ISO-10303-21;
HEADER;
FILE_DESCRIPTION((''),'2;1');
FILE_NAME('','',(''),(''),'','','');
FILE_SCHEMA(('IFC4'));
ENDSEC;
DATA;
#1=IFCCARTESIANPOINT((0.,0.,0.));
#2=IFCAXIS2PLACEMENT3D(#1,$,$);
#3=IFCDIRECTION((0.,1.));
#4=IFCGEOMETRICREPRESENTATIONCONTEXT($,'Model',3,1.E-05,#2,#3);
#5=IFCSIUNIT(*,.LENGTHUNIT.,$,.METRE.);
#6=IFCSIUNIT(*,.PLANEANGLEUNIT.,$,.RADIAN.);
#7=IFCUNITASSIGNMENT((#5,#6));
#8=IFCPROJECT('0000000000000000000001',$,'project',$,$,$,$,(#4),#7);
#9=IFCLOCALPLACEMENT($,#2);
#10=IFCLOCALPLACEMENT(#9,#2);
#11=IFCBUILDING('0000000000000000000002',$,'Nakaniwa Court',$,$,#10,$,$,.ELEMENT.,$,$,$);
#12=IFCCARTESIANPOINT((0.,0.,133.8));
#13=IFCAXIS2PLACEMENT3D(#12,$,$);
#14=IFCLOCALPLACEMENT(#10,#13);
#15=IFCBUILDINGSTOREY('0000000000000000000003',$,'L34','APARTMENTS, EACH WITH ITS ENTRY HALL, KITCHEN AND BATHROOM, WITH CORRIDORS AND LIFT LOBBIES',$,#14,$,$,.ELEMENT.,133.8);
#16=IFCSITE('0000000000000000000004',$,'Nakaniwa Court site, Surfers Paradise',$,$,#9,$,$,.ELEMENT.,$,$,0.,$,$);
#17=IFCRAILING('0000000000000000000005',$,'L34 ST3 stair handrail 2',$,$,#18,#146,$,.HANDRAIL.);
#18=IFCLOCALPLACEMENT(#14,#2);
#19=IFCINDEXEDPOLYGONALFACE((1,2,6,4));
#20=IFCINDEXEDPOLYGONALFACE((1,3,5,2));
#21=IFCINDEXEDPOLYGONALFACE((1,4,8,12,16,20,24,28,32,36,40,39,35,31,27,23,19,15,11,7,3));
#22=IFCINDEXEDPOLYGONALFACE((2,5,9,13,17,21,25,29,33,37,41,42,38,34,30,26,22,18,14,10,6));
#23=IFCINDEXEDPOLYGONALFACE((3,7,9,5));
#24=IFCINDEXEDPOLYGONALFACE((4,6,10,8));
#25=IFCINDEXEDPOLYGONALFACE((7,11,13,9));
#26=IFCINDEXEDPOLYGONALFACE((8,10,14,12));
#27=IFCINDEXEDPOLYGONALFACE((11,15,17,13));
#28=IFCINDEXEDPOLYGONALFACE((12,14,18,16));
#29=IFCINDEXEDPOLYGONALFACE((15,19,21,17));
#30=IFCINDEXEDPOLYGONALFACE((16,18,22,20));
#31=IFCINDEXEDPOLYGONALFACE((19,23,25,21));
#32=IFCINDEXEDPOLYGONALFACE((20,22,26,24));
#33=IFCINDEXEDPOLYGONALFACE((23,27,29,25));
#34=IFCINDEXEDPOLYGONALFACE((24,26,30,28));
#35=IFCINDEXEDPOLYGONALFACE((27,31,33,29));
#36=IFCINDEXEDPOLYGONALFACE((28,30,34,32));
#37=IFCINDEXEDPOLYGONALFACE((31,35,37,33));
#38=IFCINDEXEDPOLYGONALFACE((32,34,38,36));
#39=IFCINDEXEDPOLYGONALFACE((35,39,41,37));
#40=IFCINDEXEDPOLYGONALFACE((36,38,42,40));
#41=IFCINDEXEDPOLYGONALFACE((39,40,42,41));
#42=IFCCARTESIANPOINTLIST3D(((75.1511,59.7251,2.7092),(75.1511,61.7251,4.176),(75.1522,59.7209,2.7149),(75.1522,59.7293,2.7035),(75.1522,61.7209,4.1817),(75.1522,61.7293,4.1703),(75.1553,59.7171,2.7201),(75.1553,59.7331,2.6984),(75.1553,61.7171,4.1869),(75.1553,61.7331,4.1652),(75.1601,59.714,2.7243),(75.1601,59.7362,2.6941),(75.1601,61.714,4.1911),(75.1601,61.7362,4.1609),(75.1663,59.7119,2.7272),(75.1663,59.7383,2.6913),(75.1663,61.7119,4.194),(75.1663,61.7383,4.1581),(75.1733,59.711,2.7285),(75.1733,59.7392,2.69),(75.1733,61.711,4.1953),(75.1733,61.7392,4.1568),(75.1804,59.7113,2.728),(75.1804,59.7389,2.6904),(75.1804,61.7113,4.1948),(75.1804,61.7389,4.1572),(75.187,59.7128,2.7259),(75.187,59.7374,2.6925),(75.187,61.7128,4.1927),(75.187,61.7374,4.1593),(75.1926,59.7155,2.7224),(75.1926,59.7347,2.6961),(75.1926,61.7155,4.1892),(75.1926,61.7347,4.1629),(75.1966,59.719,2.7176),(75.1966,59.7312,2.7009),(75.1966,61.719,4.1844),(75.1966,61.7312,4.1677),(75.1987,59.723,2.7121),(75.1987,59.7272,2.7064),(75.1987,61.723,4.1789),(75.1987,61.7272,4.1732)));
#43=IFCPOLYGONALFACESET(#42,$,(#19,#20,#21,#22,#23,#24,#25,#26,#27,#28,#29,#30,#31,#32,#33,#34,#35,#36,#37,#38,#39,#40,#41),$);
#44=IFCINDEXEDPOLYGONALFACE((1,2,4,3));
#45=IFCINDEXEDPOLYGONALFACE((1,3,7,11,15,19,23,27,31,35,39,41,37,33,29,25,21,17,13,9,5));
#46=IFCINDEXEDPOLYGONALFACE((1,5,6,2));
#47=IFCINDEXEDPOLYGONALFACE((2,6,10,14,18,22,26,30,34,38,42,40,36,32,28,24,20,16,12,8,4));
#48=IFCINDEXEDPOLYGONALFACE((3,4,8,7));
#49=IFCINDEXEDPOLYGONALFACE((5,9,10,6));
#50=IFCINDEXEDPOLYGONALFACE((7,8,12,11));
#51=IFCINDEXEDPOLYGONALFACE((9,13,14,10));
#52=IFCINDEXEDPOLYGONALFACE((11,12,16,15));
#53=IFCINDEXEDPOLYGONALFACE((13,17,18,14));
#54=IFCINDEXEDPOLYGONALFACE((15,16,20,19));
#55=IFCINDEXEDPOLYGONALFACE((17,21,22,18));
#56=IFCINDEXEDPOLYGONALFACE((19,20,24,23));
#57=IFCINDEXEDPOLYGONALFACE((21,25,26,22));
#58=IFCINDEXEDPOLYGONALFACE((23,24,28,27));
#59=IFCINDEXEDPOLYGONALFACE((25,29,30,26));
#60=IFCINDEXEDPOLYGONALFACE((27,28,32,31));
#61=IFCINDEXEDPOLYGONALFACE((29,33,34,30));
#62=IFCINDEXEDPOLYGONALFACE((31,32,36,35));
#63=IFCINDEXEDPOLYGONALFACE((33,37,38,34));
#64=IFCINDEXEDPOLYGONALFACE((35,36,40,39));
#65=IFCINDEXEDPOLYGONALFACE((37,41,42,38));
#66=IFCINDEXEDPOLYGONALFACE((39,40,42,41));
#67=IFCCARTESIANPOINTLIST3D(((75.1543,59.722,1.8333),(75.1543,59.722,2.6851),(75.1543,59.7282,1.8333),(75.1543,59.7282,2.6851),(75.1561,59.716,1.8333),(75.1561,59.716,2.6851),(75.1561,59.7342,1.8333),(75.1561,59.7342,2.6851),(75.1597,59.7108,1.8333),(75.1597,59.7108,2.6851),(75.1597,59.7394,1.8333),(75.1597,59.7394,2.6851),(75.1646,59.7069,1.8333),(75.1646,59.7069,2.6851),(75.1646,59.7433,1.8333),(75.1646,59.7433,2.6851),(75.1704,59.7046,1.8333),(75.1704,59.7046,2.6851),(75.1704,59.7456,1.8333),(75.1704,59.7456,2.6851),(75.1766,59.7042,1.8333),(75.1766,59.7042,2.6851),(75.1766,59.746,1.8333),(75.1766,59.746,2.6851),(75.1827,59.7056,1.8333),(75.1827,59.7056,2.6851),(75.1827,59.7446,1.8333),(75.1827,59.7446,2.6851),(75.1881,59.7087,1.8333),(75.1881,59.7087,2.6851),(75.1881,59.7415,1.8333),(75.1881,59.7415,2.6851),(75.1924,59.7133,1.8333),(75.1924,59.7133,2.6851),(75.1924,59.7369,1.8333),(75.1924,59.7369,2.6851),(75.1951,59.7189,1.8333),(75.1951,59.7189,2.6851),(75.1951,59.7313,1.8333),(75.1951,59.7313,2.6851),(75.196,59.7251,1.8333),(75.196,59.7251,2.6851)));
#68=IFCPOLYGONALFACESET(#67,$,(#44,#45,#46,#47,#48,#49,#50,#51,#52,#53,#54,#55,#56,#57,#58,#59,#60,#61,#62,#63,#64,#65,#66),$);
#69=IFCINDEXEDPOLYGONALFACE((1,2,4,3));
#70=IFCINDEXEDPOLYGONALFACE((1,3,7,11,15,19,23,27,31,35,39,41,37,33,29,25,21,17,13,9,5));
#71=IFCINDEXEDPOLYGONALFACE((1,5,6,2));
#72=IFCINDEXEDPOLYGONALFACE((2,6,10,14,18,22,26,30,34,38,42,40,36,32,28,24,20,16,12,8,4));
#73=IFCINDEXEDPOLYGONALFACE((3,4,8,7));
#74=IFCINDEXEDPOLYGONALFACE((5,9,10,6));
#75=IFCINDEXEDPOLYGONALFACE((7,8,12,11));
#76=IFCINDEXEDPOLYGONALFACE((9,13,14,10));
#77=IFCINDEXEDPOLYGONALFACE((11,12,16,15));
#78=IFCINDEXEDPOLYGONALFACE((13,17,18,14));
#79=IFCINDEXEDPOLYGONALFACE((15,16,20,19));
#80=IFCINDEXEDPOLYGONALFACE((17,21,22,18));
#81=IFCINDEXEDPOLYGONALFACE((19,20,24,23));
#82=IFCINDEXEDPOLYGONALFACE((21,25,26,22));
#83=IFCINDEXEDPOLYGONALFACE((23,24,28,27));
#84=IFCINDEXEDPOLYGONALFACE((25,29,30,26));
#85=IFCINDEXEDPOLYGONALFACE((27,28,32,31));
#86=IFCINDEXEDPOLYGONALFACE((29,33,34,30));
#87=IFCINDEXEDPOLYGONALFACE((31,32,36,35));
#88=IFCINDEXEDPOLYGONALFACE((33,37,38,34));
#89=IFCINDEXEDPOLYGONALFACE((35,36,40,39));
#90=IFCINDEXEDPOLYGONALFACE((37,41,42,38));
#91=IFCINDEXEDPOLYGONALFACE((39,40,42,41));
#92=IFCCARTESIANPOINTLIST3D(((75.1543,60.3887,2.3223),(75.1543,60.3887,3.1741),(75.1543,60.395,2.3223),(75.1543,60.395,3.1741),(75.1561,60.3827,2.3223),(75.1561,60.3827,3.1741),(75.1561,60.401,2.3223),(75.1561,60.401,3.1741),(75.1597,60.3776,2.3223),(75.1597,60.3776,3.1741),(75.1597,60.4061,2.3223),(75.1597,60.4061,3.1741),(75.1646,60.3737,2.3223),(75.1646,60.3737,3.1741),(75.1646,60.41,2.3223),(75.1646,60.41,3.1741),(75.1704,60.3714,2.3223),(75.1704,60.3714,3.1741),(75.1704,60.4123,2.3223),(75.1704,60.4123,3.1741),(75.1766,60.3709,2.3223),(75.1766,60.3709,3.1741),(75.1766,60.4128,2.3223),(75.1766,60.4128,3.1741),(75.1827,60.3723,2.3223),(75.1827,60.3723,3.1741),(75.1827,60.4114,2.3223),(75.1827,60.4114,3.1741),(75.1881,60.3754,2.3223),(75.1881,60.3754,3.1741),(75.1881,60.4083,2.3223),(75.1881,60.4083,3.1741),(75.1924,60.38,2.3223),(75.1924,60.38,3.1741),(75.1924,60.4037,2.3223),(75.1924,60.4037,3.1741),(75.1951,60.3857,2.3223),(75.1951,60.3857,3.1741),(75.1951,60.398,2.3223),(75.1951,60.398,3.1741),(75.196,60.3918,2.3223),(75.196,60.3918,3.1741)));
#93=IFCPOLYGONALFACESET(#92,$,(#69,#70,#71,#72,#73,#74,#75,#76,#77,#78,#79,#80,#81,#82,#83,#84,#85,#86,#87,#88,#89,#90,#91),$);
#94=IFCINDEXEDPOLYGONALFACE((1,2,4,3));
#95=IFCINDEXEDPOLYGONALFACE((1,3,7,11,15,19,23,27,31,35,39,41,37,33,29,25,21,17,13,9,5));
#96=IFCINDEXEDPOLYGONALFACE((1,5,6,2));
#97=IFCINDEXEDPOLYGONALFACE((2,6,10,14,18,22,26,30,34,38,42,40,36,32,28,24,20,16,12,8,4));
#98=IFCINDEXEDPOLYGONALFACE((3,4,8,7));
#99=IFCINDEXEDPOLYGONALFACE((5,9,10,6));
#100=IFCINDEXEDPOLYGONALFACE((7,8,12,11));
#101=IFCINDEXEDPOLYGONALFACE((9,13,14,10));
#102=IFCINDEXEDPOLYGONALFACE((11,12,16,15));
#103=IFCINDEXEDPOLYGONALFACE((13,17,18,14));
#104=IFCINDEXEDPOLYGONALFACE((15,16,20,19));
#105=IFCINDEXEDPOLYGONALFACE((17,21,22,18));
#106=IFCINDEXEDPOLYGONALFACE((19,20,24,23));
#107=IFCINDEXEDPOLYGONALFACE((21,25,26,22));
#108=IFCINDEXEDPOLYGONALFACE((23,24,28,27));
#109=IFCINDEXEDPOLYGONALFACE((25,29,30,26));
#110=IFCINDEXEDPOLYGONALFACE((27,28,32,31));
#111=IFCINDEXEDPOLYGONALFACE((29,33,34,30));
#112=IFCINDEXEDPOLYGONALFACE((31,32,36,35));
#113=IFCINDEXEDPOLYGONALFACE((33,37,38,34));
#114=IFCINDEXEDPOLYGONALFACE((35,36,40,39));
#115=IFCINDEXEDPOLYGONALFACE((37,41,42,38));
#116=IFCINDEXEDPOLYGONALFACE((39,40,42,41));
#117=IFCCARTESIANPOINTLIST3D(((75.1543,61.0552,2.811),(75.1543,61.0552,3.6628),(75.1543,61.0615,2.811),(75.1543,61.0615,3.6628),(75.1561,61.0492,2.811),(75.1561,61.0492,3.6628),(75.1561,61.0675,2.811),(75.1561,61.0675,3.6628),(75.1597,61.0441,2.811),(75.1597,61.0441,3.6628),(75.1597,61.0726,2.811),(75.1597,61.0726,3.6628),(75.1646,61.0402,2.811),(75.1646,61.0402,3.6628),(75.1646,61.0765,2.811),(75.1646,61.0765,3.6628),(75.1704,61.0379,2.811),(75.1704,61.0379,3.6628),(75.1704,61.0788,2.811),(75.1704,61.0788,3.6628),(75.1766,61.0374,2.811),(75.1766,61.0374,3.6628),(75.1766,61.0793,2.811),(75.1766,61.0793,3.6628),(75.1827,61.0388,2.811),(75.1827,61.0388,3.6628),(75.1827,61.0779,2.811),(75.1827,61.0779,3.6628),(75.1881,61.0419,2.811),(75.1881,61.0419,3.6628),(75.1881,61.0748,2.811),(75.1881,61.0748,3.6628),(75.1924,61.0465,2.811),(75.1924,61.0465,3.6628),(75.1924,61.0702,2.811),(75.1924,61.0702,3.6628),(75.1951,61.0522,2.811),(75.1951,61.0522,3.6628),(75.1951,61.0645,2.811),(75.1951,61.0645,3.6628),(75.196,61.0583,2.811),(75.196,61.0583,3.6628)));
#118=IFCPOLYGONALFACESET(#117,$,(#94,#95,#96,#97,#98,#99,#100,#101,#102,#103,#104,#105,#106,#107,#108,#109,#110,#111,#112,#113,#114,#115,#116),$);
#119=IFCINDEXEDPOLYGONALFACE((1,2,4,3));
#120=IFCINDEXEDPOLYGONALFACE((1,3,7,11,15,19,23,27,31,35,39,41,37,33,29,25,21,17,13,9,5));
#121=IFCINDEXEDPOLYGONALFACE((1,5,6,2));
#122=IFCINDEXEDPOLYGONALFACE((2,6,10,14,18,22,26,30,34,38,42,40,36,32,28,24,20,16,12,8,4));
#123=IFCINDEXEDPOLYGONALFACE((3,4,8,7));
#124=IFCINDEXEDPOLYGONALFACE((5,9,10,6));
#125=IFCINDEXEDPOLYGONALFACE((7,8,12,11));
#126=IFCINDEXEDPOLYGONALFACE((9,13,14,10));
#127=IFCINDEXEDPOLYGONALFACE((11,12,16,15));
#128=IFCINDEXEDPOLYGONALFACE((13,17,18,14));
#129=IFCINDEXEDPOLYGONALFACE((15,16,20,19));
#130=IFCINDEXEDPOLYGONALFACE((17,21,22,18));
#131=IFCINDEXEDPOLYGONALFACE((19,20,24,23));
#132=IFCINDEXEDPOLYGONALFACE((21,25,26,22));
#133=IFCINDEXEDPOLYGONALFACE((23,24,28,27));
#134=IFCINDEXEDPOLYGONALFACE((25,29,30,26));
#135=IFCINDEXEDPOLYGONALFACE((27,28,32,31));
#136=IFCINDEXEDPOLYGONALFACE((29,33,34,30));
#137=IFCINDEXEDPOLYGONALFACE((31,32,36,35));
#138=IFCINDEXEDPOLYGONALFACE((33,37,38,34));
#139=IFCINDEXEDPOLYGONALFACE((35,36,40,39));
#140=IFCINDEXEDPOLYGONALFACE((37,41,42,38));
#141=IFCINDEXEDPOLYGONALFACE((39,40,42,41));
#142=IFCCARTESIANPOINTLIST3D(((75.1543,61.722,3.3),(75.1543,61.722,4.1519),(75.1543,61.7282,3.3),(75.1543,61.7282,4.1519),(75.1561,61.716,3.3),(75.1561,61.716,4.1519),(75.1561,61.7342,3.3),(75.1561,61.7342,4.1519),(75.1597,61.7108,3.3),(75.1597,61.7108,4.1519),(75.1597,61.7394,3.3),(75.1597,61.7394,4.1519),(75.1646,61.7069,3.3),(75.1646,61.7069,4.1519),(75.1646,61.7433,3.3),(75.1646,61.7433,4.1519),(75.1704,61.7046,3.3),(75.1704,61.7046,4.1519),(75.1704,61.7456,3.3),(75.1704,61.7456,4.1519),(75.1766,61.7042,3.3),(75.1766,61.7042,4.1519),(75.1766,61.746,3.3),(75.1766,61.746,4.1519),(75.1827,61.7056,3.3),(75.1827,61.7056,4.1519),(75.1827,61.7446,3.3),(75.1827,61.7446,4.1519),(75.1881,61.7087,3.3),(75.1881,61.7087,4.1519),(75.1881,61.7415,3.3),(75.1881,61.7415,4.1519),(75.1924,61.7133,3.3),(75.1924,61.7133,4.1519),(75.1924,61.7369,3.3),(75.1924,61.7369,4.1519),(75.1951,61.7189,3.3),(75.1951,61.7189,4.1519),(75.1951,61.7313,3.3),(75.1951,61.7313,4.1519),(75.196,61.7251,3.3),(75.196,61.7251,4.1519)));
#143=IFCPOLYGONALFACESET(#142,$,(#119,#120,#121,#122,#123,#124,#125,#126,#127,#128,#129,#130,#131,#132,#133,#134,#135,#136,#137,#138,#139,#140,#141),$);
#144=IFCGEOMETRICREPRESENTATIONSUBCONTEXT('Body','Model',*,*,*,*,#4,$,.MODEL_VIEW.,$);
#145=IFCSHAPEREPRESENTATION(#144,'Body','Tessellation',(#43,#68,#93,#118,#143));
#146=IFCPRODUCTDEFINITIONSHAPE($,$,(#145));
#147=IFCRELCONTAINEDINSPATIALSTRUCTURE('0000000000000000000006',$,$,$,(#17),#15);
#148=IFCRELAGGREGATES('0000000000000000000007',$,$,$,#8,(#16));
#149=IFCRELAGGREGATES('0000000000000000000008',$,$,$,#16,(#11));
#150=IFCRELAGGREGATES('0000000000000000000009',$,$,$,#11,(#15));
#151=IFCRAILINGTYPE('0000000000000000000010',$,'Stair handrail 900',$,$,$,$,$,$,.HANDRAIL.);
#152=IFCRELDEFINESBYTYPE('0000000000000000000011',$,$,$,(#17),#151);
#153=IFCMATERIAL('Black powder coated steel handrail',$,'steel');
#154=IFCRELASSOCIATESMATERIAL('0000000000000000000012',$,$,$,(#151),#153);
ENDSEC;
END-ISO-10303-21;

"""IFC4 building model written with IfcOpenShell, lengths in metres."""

from ifc_helpers import new_model, si_unit, direction, frame, origin, origin_2d, place, context, subcontext, project, spatial, circle, extrude, material, type_object, element, save


model = new_model("IFC4")

# Units and contexts
model_context = context("Model", 3, precision=1e-05, world=origin(), true_north=direction((0.0, 1.0)))
body_context = subcontext(model_context, "Body", "Model", "MODEL_VIEW")
ifc_project = project(units=[si_unit("LENGTHUNIT", "METRE"), si_unit("PLANEANGLEUNIT", "RADIAN")], contexts=[model_context])

# Site, building, storey
site_placement = place(None, origin())
site = spatial("IfcSite", under=ifc_project, at=site_placement, Name="Nakaniwa Court site, Surfers Paradise", CompositionType="ELEMENT", RefElevation=0.0)
building_placement = place(site_placement, origin())
building = spatial("IfcBuilding", under=site, at=building_placement, Name="Nakaniwa Court", CompositionType="ELEMENT")
storey_placement = place(building_placement, frame((0.0, 0.0, 133.8)))
storey = spatial("IfcBuildingStorey", under=building, at=storey_placement, Name="L34", Description="APARTMENTS, EACH WITH ITS ENTRY HALL, KITCHEN AND BATHROOM, WITH CORRIDORS AND LIFT LOBBIES", CompositionType="ELEMENT", Elevation=133.8)

# Railing
ifc_material_1 = material(Name="Black powder coated steel handrail", Category="steel")
railing_type_1 = type_object("IfcRailingType", Name="Stair handrail 900", PredefinedType="HANDRAIL", material=ifc_material_1)
railing_1_placement = place(storey_placement, frame((75.175, 59.7251, 1.8333)))
element("IfcRailing", 1, at=railing_1_placement, inside=storey, type_object=railing_type_1, Name="L34 ST3 stair handrail 2", PredefinedType="HANDRAIL", context=body_context, shape_type="SweptSolid", body=[
    extrude(circle(Radius=0.0239, at=origin_2d()), frame((0.0, 0.0, 0.876), z_axis=(0.0, 0.80638, 0.591398), x_axis=(-1.0, 0.0, 0.0)), (0.0, 0.0, 1.0), 2.4802),
    extrude(circle(Radius=0.021, at=origin_2d()), origin(), (0.0, 0.0, 1.0), 0.8518),
    extrude(circle(Radius=0.021, at=origin_2d()), frame((0.0, 0.6667, 0.489)), (0.0, 0.0, 1.0), 0.8518),
    extrude(circle(Radius=0.021, at=origin_2d()), frame((0.0, 1.3333, 0.9778)), (0.0, 0.0, 1.0), 0.8518),
    extrude(circle(Radius=0.021, at=origin_2d()), frame((0.0, 2.0, 1.4668)), (0.0, 0.0, 1.0), 0.8518),
])

save(model, "model.ifc")
